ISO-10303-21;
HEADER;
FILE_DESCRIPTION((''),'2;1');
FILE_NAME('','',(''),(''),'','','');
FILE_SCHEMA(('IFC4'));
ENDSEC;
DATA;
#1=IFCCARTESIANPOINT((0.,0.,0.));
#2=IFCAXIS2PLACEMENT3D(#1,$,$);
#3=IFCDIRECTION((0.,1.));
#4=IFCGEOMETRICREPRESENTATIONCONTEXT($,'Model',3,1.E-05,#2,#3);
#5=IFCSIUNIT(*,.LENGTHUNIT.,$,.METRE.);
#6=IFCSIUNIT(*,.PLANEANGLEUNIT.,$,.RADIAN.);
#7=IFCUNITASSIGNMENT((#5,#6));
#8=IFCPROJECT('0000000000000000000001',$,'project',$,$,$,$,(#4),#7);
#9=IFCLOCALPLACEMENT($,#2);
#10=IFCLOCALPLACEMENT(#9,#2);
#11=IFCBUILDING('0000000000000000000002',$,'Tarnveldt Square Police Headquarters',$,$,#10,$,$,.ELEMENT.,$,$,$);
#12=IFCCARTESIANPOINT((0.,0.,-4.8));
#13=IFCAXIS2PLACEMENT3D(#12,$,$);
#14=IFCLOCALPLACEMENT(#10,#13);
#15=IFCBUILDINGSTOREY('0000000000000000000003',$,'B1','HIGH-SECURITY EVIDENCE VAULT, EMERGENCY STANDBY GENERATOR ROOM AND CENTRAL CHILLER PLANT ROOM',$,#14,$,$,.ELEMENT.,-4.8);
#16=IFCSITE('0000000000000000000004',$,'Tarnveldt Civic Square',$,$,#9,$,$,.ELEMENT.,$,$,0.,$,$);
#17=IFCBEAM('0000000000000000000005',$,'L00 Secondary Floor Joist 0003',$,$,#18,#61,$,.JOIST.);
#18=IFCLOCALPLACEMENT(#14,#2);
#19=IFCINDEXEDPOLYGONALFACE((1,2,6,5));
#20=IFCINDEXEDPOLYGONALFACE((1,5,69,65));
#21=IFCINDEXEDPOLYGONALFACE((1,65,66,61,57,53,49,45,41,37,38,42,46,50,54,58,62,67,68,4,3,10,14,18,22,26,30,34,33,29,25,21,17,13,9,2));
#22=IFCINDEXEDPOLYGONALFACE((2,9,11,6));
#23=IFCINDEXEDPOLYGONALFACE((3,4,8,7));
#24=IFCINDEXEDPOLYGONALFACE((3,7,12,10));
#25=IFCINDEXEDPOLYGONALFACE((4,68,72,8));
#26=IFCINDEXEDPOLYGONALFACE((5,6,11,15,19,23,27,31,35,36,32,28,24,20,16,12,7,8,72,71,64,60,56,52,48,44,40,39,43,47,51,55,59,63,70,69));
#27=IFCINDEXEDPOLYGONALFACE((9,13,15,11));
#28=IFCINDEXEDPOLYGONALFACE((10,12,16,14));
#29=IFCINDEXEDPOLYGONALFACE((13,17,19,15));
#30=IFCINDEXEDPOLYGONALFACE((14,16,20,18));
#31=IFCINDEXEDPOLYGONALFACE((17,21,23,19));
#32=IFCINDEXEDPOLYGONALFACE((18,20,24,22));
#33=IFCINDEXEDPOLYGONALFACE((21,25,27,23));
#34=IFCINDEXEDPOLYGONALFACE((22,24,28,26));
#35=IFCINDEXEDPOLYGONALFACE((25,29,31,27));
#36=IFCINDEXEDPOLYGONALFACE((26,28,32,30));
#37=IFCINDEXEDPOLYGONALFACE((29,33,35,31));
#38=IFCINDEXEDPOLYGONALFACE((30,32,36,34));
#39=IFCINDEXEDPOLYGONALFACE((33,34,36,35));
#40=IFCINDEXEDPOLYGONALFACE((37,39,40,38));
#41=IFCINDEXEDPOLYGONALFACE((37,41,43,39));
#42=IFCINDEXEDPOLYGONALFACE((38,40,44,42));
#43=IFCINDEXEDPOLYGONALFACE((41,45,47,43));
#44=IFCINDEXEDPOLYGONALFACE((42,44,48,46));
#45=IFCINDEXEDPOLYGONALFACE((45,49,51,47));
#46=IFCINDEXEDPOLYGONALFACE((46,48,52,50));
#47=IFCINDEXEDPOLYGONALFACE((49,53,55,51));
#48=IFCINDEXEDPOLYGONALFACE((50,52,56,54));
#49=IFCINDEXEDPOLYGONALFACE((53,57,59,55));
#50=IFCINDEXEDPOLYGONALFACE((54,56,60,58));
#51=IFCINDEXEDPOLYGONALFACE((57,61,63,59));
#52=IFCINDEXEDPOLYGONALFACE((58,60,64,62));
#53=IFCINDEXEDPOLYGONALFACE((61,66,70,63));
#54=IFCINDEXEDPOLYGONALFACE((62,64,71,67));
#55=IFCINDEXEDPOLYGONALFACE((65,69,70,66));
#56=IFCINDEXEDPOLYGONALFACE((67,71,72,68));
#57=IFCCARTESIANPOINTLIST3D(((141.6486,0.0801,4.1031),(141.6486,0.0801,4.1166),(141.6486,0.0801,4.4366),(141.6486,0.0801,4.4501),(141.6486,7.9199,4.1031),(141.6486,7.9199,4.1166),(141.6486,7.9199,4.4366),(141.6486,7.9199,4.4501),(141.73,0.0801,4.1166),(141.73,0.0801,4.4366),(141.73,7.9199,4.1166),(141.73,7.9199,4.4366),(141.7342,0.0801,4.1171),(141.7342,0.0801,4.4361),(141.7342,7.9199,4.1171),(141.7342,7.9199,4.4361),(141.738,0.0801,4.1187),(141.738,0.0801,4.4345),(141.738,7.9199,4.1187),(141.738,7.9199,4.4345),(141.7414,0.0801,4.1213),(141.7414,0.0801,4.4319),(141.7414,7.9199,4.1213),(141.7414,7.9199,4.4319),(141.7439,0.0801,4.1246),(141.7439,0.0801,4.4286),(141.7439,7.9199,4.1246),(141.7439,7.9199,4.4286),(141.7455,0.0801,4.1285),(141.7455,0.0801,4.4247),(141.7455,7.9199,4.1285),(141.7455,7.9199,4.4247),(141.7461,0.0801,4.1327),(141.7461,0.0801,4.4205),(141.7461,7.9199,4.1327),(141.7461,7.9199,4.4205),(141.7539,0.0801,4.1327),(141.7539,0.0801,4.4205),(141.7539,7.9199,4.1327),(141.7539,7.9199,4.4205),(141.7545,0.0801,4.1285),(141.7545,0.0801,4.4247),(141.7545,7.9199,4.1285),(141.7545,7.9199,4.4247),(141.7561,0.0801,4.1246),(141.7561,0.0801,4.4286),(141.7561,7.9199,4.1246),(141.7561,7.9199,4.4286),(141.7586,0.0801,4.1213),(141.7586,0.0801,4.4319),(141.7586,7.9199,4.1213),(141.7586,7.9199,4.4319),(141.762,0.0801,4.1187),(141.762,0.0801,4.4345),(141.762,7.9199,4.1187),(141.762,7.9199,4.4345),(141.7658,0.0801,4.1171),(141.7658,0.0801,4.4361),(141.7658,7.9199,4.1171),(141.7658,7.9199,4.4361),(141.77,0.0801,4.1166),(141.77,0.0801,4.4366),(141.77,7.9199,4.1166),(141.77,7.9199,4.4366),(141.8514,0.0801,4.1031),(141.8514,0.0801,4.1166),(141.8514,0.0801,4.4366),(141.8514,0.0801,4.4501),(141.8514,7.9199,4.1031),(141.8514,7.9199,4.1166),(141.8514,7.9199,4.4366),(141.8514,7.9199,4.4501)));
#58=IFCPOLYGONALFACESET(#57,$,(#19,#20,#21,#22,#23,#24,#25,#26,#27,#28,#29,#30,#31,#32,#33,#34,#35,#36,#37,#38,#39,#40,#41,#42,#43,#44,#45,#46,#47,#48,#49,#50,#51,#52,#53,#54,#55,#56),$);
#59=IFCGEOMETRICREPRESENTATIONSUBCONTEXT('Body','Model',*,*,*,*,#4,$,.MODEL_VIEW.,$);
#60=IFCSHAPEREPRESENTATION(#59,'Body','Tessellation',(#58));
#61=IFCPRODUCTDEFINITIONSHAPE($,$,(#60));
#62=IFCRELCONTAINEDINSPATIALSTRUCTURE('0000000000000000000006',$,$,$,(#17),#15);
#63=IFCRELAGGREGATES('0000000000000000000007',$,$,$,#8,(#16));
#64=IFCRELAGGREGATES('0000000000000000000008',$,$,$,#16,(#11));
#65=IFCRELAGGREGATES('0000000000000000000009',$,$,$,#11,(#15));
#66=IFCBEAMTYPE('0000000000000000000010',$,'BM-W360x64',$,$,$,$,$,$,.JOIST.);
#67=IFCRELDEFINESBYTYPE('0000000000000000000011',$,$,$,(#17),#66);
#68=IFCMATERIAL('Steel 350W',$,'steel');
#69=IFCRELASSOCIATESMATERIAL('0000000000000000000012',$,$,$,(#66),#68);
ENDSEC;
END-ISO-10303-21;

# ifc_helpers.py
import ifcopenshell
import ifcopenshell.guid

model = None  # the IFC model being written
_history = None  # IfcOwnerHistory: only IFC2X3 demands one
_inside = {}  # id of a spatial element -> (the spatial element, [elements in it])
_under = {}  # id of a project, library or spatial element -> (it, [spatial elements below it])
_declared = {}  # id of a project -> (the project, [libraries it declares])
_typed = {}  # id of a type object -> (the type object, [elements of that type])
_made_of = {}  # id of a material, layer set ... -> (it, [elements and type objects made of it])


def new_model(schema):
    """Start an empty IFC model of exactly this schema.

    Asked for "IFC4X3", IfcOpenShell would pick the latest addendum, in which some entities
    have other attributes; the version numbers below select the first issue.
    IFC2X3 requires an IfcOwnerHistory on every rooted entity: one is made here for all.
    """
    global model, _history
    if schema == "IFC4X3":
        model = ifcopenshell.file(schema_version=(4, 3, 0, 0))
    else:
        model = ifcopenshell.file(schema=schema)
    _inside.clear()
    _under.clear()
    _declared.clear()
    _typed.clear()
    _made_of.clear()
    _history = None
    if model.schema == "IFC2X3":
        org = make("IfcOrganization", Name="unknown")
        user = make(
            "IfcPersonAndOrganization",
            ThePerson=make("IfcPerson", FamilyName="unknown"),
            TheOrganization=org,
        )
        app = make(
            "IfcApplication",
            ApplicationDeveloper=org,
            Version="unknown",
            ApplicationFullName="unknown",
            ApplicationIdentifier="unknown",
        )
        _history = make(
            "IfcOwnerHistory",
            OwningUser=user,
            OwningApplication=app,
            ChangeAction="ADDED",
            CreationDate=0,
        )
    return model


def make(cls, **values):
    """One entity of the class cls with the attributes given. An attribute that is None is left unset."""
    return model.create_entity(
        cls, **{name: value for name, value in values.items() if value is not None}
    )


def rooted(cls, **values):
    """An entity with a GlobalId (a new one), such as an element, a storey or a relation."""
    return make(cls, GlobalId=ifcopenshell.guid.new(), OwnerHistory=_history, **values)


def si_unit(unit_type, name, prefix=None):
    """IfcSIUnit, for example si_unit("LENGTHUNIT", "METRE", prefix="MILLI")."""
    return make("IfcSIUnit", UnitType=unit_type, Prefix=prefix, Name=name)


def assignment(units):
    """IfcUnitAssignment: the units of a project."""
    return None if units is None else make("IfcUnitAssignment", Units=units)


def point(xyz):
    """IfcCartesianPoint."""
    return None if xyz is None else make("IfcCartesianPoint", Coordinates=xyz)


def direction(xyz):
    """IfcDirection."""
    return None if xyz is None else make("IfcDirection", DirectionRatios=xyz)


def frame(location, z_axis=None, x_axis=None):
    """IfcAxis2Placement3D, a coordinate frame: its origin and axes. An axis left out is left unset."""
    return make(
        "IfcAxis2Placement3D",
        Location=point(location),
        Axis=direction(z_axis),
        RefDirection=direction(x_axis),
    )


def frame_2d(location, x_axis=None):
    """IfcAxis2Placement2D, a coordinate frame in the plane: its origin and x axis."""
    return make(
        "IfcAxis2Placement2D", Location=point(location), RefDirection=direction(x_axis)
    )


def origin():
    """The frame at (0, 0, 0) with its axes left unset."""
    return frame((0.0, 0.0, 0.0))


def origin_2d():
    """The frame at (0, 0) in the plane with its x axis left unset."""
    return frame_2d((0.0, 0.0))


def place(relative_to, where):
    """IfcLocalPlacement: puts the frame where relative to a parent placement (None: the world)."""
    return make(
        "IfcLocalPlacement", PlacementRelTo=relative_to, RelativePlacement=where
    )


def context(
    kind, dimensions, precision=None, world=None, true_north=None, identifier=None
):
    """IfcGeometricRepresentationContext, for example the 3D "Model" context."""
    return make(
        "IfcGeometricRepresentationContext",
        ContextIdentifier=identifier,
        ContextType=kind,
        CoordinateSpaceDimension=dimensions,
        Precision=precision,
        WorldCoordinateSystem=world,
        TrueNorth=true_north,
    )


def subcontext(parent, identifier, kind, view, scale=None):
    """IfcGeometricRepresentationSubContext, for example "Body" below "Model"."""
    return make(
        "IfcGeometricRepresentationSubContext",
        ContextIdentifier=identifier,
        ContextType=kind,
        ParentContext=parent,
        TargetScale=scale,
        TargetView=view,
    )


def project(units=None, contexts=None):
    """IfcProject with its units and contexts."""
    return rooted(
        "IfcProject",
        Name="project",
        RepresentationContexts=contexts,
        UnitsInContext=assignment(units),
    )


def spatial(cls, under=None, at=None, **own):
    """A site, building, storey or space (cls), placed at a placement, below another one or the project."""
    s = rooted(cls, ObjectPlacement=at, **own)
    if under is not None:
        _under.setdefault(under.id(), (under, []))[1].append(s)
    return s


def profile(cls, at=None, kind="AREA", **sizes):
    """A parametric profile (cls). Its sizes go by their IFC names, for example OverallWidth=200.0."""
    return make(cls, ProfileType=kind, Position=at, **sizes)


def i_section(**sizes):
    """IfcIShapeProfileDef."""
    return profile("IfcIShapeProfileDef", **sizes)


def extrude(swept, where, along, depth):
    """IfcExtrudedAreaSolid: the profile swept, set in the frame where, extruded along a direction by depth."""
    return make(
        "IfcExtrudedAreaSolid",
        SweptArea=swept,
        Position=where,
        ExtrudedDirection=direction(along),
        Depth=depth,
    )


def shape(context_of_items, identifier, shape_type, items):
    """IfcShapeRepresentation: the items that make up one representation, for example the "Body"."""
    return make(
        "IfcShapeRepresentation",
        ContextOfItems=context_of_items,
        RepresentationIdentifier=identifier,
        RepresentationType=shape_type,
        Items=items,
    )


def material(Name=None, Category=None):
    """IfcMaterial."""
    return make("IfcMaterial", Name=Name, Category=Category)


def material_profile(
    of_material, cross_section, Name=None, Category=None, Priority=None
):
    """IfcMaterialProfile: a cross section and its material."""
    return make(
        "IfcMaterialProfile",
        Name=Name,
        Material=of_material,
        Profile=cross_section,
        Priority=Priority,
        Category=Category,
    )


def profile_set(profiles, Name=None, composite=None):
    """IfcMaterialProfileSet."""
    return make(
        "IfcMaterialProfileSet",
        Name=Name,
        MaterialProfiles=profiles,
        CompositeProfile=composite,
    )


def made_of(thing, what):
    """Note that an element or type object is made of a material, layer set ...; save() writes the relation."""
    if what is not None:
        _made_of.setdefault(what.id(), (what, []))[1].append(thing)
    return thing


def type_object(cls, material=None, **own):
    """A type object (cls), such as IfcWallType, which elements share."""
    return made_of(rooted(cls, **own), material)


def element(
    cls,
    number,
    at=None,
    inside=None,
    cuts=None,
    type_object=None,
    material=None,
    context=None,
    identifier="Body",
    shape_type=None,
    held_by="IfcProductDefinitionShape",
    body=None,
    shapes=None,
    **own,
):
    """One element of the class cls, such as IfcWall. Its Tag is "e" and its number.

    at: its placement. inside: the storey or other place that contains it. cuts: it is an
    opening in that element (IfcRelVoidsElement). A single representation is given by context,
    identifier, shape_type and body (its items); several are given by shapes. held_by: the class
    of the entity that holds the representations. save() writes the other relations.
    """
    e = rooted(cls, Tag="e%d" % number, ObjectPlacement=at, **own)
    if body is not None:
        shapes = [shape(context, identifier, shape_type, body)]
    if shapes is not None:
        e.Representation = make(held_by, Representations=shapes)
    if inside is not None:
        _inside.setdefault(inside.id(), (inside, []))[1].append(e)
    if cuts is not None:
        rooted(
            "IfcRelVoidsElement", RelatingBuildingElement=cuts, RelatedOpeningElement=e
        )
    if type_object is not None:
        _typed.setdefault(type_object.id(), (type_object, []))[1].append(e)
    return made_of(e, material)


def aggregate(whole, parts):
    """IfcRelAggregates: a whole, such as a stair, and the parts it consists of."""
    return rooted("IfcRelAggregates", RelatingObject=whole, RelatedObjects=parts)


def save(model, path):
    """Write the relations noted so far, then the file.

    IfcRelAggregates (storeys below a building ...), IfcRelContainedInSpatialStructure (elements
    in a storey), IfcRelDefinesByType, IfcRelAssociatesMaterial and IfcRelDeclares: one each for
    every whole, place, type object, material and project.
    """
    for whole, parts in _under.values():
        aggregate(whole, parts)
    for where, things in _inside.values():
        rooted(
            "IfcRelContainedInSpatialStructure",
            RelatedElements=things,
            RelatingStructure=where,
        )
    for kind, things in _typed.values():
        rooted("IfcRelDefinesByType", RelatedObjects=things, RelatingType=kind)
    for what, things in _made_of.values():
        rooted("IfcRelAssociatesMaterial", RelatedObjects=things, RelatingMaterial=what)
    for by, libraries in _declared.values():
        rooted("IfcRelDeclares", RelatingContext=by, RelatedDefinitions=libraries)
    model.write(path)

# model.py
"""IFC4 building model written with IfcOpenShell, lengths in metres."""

from ifc_helpers import new_model, si_unit, direction, frame, origin, origin_2d, place, context, subcontext, project, spatial, i_section, extrude, material, material_profile, profile_set, type_object, element, save


model = new_model("IFC4")

# Units and contexts
model_context = context("Model", 3, precision=1e-05, world=origin(), true_north=direction((0.0, 1.0)))
body_context = subcontext(model_context, "Body", "Model", "MODEL_VIEW")
ifc_project = project(units=[si_unit("LENGTHUNIT", "METRE"), si_unit("PLANEANGLEUNIT", "RADIAN")], contexts=[model_context])

# Site, building, storey
site_placement = place(None, origin())
site = spatial("IfcSite", under=ifc_project, at=site_placement, Name="Tarnveldt Civic Square", CompositionType="ELEMENT", RefElevation=0.0)
building_placement = place(site_placement, origin())
building = spatial("IfcBuilding", under=site, at=building_placement, Name="Tarnveldt Square Police Headquarters", CompositionType="ELEMENT")
storey_placement = place(building_placement, frame((0.0, 0.0, -4.8)))
storey = spatial("IfcBuildingStorey", under=building, at=storey_placement, Name="B1", Description="HIGH-SECURITY EVIDENCE VAULT, EMERGENCY STANDBY GENERATOR ROOM AND CENTRAL CHILLER PLANT ROOM", CompositionType="ELEMENT", Elevation=-4.8)

# Beam
ifc_material_1 = material(Name="Steel 350W", Category="steel")
ifc_material_profile_1 = material_profile(ifc_material_1, i_section(OverallWidth=0.2029, OverallDepth=0.3469, WebThickness=0.0078, FlangeThickness=0.0134, FilletRadius=0.0161, at=origin_2d()), Name="W360x64")
ifc_profile_set_1 = profile_set([ifc_material_profile_1], Name="Steel 350W")
beam_type_1 = type_object("IfcBeamType", Name="BM-W360x64", PredefinedType="JOIST", material=ifc_profile_set_1)
beam_1_placement = place(storey_placement, frame((141.75, 0.0801, 4.2766), z_axis=(0.0, 1.0, 0.0), x_axis=(-1.0, 0.0, 0.0)))
element("IfcBeam", 1, at=beam_1_placement, inside=storey, type_object=beam_type_1, Name="L00 Secondary Floor Joist 0003", PredefinedType="JOIST", context=body_context, shape_type="SweptSolid", body=[
    extrude(i_section(OverallWidth=0.2029, OverallDepth=0.3469, WebThickness=0.0078, FlangeThickness=0.0134, FilletRadius=0.0161, at=origin_2d()), origin(), (0.0, 0.0, 1.0), 7.8398),
])

save(model, "model.ifc")
